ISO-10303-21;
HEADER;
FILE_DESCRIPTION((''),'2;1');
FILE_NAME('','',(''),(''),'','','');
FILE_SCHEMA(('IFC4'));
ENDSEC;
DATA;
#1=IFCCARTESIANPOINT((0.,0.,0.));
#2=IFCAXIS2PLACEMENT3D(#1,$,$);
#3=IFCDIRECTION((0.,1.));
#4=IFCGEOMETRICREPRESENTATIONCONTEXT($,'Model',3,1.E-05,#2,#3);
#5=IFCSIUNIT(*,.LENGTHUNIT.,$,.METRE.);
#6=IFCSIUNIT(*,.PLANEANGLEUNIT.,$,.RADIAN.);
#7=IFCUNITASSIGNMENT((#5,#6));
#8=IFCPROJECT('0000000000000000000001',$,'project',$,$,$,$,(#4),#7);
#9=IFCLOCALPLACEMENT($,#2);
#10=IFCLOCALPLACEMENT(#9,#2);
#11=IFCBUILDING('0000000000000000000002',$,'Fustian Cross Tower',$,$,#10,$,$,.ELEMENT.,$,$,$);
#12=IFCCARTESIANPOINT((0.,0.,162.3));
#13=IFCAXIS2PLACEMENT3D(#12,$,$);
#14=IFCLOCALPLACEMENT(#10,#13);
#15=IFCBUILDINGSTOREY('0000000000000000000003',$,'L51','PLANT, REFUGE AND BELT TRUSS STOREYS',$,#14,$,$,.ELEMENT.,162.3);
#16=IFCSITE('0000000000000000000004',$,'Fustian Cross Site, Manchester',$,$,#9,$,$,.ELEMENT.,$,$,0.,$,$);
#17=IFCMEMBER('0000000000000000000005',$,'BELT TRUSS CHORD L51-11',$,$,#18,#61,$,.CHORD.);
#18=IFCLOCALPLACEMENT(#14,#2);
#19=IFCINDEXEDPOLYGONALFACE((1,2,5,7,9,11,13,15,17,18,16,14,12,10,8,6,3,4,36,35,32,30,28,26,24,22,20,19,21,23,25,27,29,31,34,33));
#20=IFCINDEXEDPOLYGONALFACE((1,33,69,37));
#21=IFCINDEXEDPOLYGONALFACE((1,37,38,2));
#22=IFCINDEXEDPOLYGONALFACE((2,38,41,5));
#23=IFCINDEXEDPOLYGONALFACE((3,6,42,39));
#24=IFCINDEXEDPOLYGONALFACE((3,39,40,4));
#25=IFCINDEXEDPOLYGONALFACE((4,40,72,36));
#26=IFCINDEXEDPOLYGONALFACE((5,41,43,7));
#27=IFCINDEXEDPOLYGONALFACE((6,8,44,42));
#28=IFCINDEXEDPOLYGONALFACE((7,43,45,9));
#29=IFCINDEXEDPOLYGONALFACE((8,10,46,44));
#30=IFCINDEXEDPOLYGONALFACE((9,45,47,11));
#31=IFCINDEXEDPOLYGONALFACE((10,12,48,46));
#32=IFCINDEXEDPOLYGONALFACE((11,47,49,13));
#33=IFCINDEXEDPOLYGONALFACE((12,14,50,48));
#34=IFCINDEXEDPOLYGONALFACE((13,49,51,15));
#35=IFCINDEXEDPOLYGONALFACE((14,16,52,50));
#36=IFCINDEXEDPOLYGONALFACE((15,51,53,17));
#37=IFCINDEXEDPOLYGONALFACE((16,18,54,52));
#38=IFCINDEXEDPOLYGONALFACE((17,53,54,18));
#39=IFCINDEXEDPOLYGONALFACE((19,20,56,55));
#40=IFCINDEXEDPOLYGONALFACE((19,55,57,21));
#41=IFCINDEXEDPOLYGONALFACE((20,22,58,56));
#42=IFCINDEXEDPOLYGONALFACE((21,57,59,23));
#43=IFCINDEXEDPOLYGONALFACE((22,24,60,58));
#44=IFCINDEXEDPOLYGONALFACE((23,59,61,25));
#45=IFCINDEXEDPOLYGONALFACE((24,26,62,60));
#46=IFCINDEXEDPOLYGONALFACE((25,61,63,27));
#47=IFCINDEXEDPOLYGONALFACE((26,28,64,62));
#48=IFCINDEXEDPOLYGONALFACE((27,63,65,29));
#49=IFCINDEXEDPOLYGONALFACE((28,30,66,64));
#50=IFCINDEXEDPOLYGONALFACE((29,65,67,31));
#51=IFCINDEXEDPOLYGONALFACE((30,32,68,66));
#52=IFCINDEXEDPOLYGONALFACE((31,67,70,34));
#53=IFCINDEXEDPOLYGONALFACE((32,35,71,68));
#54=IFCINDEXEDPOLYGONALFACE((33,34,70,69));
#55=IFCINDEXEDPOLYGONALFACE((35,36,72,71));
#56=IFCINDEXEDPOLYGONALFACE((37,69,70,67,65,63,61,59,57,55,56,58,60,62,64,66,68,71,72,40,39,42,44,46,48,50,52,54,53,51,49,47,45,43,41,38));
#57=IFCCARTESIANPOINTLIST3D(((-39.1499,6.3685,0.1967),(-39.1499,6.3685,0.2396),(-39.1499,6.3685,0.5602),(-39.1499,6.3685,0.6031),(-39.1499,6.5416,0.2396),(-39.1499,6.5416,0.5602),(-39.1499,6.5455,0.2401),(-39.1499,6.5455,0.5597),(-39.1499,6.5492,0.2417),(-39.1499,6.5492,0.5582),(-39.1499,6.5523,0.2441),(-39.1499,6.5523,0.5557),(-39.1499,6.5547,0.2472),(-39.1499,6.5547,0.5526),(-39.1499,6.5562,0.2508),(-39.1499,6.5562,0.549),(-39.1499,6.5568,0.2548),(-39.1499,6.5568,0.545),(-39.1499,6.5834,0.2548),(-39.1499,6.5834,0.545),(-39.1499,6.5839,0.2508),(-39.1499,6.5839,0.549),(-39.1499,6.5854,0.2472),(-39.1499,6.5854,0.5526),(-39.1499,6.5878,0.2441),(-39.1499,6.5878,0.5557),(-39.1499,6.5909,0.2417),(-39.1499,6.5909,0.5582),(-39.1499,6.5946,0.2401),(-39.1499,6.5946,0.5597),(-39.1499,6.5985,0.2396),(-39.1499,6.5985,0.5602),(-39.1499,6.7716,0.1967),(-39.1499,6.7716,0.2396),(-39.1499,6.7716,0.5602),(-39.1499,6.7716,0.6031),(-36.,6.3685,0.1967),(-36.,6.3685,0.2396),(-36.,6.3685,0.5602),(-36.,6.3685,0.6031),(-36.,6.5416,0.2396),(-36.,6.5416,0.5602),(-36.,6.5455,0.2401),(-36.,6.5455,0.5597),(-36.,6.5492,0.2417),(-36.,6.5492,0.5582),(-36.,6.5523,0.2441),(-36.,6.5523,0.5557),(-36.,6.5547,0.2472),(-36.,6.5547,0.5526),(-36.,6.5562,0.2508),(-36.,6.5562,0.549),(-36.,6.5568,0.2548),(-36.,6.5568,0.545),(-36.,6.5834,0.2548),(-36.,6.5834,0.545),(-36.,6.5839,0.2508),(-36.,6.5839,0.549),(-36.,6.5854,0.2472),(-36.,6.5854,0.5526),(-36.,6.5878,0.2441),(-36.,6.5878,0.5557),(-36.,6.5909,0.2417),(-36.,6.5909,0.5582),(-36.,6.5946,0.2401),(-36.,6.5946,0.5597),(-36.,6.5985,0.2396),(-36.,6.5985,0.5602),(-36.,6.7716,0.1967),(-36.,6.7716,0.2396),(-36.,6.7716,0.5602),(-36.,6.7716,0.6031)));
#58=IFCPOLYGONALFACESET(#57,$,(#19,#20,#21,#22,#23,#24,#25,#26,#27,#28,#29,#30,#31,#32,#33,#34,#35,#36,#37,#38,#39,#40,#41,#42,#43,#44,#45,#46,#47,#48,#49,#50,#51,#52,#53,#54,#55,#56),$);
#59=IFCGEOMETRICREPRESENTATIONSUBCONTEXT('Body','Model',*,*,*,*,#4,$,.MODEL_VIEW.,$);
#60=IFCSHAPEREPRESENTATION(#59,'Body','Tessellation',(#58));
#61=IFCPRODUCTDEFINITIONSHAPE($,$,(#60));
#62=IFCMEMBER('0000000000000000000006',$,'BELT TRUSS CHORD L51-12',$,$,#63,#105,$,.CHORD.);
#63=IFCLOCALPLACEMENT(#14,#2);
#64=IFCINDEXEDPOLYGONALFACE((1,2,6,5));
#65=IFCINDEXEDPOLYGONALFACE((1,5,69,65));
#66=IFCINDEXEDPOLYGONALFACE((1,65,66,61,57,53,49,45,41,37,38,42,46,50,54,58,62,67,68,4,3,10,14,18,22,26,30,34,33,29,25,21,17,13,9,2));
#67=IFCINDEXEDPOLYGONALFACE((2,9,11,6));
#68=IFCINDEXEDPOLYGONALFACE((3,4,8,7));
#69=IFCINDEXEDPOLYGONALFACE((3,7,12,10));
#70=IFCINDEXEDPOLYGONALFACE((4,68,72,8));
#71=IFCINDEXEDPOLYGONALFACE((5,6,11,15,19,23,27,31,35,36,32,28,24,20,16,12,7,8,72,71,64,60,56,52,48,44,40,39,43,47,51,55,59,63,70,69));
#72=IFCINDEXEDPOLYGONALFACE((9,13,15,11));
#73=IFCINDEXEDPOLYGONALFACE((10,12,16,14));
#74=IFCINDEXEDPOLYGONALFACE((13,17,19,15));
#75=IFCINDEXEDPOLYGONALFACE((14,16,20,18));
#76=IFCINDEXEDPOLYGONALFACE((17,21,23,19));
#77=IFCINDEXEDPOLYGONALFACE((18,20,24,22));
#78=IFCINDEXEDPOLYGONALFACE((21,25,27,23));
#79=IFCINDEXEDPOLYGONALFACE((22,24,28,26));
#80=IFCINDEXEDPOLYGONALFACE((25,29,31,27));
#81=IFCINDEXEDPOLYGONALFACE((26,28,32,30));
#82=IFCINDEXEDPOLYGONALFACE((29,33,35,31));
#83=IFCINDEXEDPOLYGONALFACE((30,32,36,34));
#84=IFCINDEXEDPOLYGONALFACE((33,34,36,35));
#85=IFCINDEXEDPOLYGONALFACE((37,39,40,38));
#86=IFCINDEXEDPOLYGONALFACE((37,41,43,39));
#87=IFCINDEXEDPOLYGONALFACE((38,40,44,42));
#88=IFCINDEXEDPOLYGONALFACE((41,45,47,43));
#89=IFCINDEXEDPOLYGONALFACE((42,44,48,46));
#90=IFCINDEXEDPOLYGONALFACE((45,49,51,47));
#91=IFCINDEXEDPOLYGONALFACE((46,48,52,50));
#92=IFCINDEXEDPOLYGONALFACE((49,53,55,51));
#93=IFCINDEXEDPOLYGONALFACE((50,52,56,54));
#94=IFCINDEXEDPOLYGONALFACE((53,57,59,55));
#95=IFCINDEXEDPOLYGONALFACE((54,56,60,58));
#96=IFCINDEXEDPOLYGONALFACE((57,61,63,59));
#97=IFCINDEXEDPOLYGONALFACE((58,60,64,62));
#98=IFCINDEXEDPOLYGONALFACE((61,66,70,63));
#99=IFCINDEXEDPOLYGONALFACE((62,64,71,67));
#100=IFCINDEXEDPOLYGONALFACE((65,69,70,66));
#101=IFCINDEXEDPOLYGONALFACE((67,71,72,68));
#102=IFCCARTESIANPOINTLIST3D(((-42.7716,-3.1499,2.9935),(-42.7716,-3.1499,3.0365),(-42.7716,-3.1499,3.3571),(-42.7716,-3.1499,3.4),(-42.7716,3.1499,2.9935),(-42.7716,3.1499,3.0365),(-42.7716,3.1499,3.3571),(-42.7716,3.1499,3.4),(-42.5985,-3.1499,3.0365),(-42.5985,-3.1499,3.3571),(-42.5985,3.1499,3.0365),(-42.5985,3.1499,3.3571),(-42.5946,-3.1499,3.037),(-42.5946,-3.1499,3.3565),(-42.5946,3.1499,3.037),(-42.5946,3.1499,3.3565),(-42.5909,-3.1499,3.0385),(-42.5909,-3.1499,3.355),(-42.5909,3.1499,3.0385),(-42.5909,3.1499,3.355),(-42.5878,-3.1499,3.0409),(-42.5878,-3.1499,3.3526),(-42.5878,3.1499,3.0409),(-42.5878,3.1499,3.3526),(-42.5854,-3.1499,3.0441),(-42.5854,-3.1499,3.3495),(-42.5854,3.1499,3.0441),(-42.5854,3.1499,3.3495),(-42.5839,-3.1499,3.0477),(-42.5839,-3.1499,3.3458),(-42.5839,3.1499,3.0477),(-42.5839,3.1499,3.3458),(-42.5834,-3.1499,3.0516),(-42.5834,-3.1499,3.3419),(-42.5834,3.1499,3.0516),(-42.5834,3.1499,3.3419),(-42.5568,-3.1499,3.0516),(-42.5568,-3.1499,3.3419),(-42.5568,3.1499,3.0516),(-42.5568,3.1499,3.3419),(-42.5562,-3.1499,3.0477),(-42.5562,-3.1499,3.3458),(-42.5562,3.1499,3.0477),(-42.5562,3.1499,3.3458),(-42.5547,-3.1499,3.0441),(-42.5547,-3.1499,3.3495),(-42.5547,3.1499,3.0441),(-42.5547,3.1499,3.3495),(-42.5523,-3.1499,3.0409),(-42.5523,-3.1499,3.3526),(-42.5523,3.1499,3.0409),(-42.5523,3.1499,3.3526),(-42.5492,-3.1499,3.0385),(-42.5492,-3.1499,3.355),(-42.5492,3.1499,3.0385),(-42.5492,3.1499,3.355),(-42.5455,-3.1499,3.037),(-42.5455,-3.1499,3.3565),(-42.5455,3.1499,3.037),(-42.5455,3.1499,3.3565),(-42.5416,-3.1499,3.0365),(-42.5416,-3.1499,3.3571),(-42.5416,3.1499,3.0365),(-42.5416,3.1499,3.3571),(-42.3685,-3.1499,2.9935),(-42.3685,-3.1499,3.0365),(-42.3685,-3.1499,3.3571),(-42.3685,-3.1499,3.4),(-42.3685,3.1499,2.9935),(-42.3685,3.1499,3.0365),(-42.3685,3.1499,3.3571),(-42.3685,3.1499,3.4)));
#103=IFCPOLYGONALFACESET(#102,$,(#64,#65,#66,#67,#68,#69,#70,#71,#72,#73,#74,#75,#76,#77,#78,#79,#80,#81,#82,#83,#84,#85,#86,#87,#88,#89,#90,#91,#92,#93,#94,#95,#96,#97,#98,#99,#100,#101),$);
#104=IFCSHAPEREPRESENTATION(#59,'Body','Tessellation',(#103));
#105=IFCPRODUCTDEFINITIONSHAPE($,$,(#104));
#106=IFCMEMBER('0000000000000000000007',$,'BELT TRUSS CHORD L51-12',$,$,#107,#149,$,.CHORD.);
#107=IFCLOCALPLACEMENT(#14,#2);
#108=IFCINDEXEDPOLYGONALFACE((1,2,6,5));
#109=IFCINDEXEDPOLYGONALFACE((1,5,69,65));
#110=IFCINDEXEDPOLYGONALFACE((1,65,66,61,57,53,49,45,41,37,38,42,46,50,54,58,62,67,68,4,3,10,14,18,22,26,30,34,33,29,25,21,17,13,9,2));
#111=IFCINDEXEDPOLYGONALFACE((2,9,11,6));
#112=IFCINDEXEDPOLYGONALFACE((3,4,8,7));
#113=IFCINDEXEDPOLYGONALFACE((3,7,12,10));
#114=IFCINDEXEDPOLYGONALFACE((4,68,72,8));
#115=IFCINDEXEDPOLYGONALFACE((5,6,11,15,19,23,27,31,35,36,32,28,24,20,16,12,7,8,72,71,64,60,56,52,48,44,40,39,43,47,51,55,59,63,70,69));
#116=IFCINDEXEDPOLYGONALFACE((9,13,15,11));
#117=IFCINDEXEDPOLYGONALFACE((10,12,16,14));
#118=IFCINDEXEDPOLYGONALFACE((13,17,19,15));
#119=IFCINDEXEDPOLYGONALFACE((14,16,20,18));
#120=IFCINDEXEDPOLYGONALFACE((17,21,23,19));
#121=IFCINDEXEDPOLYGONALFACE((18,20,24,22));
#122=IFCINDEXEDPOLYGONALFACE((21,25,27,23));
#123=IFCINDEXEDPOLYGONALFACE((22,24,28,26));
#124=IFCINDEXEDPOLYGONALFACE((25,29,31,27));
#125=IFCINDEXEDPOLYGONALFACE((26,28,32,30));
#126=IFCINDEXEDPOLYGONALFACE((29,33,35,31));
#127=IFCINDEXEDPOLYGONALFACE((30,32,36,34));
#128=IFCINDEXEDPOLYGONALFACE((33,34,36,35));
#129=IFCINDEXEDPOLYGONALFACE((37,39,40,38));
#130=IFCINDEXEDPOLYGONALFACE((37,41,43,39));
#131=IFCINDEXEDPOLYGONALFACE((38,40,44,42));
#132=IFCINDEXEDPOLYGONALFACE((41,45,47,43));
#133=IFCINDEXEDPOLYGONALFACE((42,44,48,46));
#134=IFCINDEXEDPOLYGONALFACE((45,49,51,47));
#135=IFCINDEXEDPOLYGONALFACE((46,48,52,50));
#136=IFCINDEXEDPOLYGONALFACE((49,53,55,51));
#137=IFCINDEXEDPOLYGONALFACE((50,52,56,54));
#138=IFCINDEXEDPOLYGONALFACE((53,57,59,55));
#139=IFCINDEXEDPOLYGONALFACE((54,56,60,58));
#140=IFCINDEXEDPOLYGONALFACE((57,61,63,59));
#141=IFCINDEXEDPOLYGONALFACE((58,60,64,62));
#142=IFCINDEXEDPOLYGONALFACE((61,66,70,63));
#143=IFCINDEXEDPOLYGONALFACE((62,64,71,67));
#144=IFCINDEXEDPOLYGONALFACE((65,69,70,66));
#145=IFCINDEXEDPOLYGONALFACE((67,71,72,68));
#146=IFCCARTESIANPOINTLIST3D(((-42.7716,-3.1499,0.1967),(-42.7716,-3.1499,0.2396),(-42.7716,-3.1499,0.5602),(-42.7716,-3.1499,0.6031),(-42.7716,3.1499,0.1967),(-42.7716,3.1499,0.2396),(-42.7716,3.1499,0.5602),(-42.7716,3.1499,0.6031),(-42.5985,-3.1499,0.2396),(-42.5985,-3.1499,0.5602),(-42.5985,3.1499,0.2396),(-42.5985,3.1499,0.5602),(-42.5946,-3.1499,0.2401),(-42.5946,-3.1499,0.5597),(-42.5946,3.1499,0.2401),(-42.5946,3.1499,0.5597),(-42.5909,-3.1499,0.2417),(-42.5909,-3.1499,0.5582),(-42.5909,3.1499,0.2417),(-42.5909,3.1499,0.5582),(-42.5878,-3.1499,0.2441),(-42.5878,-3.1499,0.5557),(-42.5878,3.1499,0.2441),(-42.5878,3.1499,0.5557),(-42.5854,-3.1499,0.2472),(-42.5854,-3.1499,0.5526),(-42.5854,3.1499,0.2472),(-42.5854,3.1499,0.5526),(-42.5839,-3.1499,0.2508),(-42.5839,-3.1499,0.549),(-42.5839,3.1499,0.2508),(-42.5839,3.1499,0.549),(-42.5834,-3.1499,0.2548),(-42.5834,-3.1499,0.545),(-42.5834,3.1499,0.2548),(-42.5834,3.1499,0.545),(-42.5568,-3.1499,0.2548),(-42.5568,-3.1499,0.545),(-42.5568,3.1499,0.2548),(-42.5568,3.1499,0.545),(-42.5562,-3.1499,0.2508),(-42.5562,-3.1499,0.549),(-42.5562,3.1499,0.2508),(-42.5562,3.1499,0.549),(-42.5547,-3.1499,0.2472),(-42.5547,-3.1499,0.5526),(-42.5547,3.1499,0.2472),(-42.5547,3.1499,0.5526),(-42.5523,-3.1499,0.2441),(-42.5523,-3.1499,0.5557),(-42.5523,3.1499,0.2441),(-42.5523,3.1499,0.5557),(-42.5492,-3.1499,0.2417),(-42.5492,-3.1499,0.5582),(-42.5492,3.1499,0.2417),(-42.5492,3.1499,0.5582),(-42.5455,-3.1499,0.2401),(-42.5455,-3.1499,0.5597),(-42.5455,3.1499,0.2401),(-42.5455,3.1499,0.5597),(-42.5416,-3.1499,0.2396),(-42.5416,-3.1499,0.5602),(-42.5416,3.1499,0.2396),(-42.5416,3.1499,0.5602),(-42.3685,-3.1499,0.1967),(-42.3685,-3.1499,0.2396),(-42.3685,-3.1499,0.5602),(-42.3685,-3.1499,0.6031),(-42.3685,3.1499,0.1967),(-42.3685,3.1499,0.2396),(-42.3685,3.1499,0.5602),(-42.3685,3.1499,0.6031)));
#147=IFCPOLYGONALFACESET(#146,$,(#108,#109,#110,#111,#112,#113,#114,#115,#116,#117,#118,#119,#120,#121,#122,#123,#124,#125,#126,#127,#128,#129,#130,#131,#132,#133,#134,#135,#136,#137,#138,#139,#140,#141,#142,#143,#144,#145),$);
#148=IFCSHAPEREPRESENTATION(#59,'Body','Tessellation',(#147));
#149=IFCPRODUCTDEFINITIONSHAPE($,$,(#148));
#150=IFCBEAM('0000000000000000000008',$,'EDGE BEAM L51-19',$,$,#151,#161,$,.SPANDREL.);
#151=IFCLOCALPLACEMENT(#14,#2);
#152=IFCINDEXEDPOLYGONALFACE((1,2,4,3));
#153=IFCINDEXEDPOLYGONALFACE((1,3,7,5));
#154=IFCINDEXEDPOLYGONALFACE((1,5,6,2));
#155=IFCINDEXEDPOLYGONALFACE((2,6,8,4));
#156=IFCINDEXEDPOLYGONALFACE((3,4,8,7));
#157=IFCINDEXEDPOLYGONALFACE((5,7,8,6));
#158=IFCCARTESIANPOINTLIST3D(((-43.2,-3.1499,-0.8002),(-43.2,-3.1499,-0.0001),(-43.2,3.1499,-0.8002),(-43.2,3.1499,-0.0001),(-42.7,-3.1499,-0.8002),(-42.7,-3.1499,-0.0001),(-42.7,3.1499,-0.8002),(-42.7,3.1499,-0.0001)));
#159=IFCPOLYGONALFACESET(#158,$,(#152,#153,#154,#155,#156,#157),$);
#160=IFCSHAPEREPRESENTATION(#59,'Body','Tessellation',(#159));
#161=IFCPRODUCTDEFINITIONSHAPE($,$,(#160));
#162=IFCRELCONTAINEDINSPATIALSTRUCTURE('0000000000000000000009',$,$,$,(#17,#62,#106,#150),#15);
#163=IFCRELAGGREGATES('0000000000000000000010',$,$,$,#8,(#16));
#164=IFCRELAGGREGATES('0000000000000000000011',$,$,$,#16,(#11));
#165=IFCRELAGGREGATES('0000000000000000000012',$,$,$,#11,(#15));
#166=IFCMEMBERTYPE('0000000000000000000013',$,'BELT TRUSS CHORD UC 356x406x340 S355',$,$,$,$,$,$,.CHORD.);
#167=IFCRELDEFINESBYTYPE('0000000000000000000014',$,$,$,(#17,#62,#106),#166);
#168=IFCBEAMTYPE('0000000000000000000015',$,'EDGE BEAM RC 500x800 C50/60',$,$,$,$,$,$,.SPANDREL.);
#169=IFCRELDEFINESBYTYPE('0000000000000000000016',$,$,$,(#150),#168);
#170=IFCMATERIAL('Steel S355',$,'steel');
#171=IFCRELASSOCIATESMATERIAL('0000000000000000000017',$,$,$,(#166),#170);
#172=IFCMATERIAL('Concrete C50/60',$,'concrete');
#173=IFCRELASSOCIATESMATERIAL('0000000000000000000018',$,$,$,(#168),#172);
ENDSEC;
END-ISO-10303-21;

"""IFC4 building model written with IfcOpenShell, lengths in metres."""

from ifc_helpers import new_model, si_unit, direction, frame, origin, origin_2d, place, context, subcontext, project, spatial, rectangle, i_section, extrude, material, material_profile, profile_set, type_object, element, save


model = new_model("IFC4")

# Units and contexts
model_context = context("Model", 3, precision=1e-05, world=origin(), true_north=direction((0.0, 1.0)))
body_context = subcontext(model_context, "Body", "Model", "MODEL_VIEW")
ifc_project = project(units=[si_unit("LENGTHUNIT", "METRE"), si_unit("PLANEANGLEUNIT", "RADIAN")], contexts=[model_context])

# Site, building, storey
site_placement = place(None, origin())
site = spatial("IfcSite", under=ifc_project, at=site_placement, Name="Fustian Cross Site, Manchester", CompositionType="ELEMENT", RefElevation=0.0)
building_placement = place(site_placement, origin())
building = spatial("IfcBuilding", under=site, at=building_placement, Name="Fustian Cross Tower", CompositionType="ELEMENT")
storey_placement = place(building_placement, frame((0.0, 0.0, 162.3)))
storey = spatial("IfcBuildingStorey", under=building, at=storey_placement, Name="L51", Description="PLANT, REFUGE AND BELT TRUSS STOREYS", CompositionType="ELEMENT", Elevation=162.3)

# Members
ifc_material_1 = material(Name="Steel S355", Category="steel")
ifc_material_profile_1 = material_profile(ifc_material_1, i_section(OverallWidth=0.4031, OverallDepth=0.4065, WebThickness=0.0266, FlangeThickness=0.043, FilletRadius=0.0151, at=origin_2d()), Name="UC 356x406x340")
ifc_profile_set_1 = profile_set([ifc_material_profile_1], Name="Steel S355")
member_type_1 = type_object("IfcMemberType", Name="BELT TRUSS CHORD UC 356x406x340 S355", PredefinedType="CHORD", material=ifc_profile_set_1)
for number, where, z_axis, x_axis, name in (
    (1, (-36.0, 6.5701, 0.3999), (-1.0, 0.0, 0.0), (0.0, -1.0, 0.0), "BELT TRUSS CHORD L51-11"),
):
    element("IfcMember", number, at=place(storey_placement, frame(where, z_axis=z_axis, x_axis=x_axis)), inside=storey, type_object=member_type_1, Name=name, PredefinedType="CHORD", context=body_context, shape_type="SweptSolid", body=[
        extrude(i_section(OverallWidth=0.4031, OverallDepth=0.4065, WebThickness=0.0266, FlangeThickness=0.043, FilletRadius=0.0151, at=origin_2d()), origin(), (0.0, 0.0, 1.0), 3.1499),
    ])
for number, where, z_axis, x_axis, name in (
    (2, (-42.5701, 3.1499, 3.1968), (0.0, -1.0, 0.0), (1.0, 0.0, 0.0), "BELT TRUSS CHORD L51-12"),
    (3, (-42.5701, 3.1499, 0.3999), (0.0, -1.0, 0.0), (1.0, 0.0, 0.0), "BELT TRUSS CHORD L51-12"),
):
    element("IfcMember", number, at=place(storey_placement, frame(where, z_axis=z_axis, x_axis=x_axis)), inside=storey, type_object=member_type_1, Name=name, PredefinedType="CHORD", context=body_context, shape_type="SweptSolid", body=[
        extrude(i_section(OverallWidth=0.4031, OverallDepth=0.4065, WebThickness=0.0266, FlangeThickness=0.043, FilletRadius=0.0151, at=origin_2d()), origin(), (0.0, 0.0, 1.0), 6.2998),
    ])

# Beam
ifc_material_2 = material(Name="Concrete C50/60", Category="concrete")
ifc_material_profile_2 = material_profile(ifc_material_2, rectangle(XDim=0.5, YDim=0.8, at=origin_2d()), Name="RC 500x800")
ifc_profile_set_2 = profile_set([ifc_material_profile_2], Name="Concrete C50/60")
beam_type = type_object("IfcBeamType", Name="EDGE BEAM RC 500x800 C50/60", PredefinedType="SPANDREL", material=ifc_profile_set_2)
beam_placement = place(storey_placement, frame((-42.95, 3.1499, -0.4001), z_axis=(0.0, -1.0, 0.0), x_axis=(1.0, 0.0, 0.0)))
element("IfcBeam", 4, at=beam_placement, inside=storey, type_object=beam_type, Name="EDGE BEAM L51-19", PredefinedType="SPANDREL", context=body_context, shape_type="SweptSolid", body=[
    extrude(rectangle(XDim=0.5, YDim=0.8, at=origin_2d()), origin(), (0.0, 0.0, 1.0), 6.2998),
])

save(model, "model.ifc")
